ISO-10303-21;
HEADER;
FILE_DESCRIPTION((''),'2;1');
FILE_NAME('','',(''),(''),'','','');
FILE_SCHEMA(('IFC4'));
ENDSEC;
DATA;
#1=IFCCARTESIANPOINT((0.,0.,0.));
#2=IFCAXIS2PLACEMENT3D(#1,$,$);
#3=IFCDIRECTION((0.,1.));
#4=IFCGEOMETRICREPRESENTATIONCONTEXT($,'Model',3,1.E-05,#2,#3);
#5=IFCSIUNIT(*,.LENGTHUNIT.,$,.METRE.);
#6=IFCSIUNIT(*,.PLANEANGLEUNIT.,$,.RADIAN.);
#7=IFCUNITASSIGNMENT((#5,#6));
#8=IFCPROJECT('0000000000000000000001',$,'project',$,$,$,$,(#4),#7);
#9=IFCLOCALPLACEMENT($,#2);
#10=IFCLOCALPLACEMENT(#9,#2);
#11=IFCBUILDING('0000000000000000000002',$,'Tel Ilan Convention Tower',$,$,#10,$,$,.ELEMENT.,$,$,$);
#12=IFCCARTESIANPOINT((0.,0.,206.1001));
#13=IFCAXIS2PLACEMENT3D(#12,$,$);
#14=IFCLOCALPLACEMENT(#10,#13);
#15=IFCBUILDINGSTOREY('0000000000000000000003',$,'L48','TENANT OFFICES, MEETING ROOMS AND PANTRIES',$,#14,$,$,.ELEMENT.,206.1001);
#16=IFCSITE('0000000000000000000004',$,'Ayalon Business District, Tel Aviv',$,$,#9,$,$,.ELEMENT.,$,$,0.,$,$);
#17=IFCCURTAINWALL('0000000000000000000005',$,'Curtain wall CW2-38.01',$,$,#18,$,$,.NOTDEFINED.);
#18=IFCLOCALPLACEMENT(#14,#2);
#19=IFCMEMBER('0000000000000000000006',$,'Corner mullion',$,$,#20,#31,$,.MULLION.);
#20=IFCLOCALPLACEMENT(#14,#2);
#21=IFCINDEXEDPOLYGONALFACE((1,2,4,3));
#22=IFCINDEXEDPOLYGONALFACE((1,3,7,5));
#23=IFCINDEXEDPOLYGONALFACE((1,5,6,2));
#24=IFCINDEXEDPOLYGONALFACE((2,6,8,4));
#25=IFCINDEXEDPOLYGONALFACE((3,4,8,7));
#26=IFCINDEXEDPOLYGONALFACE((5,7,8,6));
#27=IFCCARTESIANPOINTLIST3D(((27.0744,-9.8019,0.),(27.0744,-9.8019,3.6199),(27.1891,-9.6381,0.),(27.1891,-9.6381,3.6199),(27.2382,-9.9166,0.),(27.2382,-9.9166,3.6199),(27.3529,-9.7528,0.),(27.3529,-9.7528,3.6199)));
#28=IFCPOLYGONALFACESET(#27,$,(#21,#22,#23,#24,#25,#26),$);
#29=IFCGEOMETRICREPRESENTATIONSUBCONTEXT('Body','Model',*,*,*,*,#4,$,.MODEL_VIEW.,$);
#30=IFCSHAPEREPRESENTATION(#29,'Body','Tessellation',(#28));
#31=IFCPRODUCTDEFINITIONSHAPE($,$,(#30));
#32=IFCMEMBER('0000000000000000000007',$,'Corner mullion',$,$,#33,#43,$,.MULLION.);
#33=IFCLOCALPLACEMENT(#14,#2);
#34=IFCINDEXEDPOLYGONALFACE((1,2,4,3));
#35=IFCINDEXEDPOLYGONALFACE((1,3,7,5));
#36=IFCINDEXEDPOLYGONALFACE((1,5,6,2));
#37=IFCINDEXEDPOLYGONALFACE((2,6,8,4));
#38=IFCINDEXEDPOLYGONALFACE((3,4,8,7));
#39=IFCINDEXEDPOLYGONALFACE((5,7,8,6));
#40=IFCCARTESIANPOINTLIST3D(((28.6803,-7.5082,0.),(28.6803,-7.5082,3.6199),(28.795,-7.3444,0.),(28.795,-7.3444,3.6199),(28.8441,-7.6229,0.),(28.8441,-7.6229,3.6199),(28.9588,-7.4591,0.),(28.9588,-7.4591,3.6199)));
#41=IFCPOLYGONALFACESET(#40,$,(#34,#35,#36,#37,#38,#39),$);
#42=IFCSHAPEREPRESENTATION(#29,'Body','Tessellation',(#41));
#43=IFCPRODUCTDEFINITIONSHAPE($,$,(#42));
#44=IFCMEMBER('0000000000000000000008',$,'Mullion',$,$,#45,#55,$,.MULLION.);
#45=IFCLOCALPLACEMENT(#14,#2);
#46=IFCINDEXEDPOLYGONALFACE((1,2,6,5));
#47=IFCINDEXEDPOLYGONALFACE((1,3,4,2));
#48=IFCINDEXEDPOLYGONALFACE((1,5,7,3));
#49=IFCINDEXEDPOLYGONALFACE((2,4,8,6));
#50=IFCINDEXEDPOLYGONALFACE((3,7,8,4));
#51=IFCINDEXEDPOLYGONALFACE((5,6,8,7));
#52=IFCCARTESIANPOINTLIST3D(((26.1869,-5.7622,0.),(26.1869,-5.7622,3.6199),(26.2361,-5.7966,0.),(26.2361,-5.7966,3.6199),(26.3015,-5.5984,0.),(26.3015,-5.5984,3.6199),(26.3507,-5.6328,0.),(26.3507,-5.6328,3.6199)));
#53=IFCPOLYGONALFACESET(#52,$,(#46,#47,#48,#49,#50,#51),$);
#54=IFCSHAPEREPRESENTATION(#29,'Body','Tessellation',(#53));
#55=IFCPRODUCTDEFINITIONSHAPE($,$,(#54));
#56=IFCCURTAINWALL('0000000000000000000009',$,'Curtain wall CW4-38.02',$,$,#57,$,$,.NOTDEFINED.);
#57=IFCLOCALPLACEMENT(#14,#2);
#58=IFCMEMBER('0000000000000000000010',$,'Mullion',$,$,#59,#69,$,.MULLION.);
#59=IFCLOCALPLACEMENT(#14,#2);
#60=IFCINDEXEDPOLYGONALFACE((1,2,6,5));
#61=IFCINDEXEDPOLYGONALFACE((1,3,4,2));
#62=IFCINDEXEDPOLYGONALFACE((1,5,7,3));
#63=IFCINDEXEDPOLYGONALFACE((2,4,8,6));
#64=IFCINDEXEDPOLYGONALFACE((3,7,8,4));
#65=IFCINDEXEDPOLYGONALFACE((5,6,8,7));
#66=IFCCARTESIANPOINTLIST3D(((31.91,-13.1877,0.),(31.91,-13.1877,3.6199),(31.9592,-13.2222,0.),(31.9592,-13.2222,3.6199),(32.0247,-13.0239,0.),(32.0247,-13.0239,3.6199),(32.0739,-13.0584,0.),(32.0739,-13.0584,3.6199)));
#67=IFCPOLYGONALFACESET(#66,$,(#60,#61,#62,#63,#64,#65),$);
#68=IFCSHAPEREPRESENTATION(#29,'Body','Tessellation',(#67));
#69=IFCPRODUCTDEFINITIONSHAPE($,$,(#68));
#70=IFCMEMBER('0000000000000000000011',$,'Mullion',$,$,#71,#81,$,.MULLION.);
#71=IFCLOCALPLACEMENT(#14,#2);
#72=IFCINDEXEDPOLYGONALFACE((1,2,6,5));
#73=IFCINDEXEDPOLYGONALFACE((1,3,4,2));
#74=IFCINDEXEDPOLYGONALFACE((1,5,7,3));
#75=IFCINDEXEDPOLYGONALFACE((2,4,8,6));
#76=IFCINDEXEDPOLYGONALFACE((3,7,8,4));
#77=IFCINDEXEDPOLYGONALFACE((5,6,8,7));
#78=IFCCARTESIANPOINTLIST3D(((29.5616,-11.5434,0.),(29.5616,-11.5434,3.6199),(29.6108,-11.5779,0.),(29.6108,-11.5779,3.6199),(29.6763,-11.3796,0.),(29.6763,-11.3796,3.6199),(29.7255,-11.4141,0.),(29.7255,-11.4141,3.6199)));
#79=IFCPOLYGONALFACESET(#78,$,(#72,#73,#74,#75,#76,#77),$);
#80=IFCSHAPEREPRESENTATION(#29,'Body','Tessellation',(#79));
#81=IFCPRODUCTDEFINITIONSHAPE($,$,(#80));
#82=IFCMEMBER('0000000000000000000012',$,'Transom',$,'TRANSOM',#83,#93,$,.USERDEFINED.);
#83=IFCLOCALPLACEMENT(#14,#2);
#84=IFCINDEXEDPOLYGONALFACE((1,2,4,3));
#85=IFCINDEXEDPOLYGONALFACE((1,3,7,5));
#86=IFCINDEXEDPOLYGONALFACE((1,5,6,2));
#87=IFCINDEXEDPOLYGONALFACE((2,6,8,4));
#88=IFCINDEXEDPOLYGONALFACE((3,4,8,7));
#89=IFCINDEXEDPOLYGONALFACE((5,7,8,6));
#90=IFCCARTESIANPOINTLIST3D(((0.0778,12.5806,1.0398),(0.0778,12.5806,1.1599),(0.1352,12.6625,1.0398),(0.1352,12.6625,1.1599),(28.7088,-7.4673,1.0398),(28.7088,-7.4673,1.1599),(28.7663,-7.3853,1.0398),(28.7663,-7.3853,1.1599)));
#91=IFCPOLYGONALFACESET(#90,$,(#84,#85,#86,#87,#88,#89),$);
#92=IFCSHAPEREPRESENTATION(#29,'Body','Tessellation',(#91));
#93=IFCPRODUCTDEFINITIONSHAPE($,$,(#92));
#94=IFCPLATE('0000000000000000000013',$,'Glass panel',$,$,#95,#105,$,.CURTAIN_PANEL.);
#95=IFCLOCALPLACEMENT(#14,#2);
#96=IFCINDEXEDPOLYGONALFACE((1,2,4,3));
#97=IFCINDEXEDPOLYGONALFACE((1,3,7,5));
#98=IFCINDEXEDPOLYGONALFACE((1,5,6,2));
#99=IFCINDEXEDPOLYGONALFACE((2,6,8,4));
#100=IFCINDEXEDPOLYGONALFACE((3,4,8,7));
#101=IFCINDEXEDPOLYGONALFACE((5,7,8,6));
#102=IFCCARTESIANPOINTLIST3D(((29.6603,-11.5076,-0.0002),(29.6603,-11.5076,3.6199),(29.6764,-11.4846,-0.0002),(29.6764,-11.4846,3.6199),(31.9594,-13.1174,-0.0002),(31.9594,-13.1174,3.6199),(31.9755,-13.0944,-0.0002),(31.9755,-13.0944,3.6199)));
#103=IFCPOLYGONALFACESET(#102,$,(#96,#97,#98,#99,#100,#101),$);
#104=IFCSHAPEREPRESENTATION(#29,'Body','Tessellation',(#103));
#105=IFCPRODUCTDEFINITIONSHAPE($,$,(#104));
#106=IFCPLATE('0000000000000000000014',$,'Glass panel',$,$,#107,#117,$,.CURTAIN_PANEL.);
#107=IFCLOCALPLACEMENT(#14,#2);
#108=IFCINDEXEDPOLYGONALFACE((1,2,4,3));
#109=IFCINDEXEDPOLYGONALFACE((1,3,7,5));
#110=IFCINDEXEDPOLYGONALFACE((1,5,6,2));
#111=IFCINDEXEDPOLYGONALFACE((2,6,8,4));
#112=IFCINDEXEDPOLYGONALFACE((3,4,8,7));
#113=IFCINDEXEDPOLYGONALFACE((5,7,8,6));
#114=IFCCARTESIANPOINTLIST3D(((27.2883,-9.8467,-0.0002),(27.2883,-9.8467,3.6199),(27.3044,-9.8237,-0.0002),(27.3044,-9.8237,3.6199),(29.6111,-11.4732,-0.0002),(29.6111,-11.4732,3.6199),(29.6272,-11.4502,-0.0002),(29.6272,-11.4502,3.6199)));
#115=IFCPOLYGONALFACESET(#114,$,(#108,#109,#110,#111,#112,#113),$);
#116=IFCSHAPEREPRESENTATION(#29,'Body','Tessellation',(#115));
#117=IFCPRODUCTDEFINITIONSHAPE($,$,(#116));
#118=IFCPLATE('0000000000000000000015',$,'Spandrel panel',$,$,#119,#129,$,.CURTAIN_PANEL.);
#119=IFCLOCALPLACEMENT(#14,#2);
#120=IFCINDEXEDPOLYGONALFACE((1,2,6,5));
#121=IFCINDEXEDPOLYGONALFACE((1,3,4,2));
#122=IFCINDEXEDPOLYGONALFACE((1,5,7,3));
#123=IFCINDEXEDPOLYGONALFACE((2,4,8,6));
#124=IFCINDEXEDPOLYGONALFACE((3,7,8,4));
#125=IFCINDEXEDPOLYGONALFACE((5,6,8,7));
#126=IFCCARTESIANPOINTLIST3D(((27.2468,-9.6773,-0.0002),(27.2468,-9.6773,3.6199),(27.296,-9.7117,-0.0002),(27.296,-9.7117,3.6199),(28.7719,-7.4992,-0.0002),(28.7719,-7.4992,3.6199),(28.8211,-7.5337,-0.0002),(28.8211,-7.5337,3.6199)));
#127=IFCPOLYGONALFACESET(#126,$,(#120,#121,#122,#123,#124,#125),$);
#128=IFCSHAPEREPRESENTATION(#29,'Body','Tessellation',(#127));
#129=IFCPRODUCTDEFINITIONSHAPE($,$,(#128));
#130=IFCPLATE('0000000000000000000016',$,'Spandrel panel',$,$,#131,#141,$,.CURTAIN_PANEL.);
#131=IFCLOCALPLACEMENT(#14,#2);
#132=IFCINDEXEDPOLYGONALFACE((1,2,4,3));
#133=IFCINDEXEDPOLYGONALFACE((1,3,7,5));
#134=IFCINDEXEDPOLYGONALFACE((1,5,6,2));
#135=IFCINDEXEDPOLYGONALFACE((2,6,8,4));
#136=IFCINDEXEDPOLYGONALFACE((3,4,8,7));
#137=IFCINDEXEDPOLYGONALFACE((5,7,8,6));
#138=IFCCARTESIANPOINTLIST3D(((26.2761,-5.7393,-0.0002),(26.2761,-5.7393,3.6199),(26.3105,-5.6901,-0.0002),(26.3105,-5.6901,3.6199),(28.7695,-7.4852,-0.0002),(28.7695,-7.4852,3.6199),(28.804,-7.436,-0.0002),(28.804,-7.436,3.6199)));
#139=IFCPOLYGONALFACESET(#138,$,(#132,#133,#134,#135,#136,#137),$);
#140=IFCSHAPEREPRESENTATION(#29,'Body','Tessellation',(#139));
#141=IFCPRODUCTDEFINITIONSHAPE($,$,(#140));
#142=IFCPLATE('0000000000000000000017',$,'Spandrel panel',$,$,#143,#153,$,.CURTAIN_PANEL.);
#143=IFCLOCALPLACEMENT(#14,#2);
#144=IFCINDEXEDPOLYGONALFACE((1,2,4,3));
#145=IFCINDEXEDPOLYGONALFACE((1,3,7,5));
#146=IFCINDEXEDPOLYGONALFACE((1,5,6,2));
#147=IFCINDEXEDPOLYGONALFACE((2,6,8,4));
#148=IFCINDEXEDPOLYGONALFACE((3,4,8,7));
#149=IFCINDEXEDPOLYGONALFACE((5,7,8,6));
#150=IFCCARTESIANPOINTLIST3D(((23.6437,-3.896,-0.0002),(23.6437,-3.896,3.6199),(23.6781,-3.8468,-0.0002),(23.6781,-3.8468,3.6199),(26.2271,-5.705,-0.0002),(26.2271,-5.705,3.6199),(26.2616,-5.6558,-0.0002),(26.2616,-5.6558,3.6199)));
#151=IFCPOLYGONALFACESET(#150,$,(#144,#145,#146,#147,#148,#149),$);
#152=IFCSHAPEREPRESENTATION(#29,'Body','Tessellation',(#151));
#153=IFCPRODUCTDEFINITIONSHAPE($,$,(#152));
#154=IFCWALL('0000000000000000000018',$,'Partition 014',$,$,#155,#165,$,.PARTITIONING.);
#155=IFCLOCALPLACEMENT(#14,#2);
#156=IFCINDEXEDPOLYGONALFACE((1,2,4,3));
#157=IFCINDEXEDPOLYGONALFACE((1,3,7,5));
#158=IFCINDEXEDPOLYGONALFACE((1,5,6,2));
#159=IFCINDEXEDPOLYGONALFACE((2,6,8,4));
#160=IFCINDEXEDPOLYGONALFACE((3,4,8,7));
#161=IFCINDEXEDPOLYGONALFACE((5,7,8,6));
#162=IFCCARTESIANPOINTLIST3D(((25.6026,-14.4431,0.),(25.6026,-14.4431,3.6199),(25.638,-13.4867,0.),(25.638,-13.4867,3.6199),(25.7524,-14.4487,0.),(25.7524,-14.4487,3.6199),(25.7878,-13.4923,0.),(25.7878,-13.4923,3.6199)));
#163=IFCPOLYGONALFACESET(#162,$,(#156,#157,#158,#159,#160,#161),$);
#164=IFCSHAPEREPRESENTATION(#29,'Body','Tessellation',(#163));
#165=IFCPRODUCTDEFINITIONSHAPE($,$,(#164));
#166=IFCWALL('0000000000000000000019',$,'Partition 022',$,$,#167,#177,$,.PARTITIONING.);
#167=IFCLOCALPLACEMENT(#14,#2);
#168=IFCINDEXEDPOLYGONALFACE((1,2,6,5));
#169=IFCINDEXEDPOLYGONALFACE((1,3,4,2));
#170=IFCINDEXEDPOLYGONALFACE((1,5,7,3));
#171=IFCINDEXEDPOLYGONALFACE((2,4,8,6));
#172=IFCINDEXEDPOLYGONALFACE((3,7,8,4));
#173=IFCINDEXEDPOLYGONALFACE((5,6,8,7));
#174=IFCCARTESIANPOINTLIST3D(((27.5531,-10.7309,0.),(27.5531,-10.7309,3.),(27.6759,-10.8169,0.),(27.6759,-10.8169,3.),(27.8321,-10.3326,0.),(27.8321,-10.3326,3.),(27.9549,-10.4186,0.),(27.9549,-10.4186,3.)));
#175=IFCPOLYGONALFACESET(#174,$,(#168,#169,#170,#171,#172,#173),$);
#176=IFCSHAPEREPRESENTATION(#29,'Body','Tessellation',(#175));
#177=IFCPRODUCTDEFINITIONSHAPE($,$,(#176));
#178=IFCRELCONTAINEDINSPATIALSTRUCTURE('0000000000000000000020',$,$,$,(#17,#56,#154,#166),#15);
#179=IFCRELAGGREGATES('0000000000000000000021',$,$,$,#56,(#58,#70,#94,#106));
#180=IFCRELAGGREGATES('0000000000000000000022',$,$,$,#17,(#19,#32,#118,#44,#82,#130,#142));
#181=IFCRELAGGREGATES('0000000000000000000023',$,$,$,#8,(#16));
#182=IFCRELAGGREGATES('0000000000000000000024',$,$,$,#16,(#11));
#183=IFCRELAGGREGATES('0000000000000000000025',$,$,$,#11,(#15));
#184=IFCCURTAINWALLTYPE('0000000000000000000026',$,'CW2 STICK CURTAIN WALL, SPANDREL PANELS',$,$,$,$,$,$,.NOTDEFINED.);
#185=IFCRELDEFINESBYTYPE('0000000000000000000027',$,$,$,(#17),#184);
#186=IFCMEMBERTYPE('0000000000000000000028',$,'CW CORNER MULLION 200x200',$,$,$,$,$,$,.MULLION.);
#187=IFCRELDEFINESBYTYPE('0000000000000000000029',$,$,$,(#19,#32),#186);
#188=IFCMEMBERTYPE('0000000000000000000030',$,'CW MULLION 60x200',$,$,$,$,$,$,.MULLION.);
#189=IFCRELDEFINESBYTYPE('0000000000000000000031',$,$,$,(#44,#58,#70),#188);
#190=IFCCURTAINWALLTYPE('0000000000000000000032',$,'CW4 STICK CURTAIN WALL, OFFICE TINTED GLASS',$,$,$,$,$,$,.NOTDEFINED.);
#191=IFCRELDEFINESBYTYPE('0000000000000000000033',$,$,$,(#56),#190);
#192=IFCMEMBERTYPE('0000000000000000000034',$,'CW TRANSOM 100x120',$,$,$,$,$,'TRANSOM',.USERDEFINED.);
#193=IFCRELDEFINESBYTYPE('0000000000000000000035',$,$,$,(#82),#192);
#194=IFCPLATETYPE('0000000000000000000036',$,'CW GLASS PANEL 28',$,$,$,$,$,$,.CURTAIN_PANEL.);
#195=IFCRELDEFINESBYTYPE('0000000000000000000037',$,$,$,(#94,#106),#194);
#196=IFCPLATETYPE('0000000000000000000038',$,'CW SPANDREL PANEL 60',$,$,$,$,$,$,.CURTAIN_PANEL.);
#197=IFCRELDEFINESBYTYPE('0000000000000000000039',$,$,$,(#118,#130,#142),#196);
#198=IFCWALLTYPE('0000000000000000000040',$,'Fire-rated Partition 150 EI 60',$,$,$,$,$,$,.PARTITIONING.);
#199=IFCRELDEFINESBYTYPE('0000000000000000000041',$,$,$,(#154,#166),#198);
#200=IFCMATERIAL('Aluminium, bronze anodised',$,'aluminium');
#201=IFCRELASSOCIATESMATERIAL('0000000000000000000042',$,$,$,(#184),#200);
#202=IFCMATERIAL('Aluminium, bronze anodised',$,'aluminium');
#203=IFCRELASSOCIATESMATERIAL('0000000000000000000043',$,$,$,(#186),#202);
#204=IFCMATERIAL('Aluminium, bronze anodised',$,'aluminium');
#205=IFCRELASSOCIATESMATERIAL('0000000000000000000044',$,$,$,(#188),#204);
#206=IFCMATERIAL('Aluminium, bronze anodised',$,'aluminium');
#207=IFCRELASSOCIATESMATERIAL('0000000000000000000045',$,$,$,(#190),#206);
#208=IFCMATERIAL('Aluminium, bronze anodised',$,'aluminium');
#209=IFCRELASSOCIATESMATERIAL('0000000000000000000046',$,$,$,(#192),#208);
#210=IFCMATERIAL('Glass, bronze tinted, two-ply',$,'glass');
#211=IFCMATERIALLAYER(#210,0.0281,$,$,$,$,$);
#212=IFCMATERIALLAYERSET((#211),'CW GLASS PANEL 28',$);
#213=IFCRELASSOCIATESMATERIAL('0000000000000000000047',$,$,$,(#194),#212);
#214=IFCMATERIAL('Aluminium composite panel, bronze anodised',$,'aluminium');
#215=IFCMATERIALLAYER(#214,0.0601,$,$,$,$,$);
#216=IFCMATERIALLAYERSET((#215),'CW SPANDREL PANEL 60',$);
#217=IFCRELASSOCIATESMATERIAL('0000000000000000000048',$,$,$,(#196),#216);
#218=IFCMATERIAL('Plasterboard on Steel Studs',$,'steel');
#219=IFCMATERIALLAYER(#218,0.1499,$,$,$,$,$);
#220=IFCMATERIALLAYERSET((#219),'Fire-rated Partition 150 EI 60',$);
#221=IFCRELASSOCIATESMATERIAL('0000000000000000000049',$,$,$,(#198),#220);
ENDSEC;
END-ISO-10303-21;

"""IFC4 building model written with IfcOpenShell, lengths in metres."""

from ifc_helpers import new_model, si_unit, direction, frame, frame_2d, origin, origin_2d, place, context, subcontext, project, spatial, rectangle, extrude, material, layer, layer_set, material_profile, profile_set, type_object, element, aggregate, save


model = new_model("IFC4")

# Units and contexts
model_context = context("Model", 3, precision=1e-05, world=origin(), true_north=direction((0.0, 1.0)))
body_context = subcontext(model_context, "Body", "Model", "MODEL_VIEW")
ifc_project = project(units=[si_unit("LENGTHUNIT", "METRE"), si_unit("PLANEANGLEUNIT", "RADIAN")], contexts=[model_context])

# Site, building, storey
site_placement = place(None, origin())
site = spatial("IfcSite", under=ifc_project, at=site_placement, Name="Ayalon Business District, Tel Aviv", CompositionType="ELEMENT", RefElevation=0.0)
building_placement = place(site_placement, origin())
building = spatial("IfcBuilding", under=site, at=building_placement, Name="Tel Ilan Convention Tower", CompositionType="ELEMENT")
storey_placement = place(building_placement, frame((0.0, 0.0, 206.1001)))
storey = spatial("IfcBuildingStorey", under=building, at=storey_placement, Name="L48", Description="TENANT OFFICES, MEETING ROOMS AND PANTRIES", CompositionType="ELEMENT", Elevation=206.1001)

# Curtain walls, members
ifc_material_1 = material(Name="Aluminium, bronze anodised", Category="aluminium")
curtain_wall_type_1 = type_object("IfcCurtainWallType", Name="CW2 STICK CURTAIN WALL, SPANDREL PANELS", PredefinedType="NOTDEFINED", material=ifc_material_1)
curtain_wall_1_placement = place(storey_placement, origin())
curtain_wall_1 = element("IfcCurtainWall", 1, at=curtain_wall_1_placement, inside=storey, type_object=curtain_wall_type_1, Name="Curtain wall CW2-38.01", PredefinedType="NOTDEFINED")
ifc_material_2 = material(Name="Aluminium, bronze anodised", Category="aluminium")
ifc_material_profile_1 = material_profile(ifc_material_2, rectangle(XDim=0.2, YDim=0.2, at=origin_2d()), Name="CW CORNER MULLION 200x200")
ifc_profile_set_1 = profile_set([ifc_material_profile_1], Name="Aluminium, bronze anodised")
member_type_1 = type_object("IfcMemberType", Name="CW CORNER MULLION 200x200", PredefinedType="MULLION", material=ifc_profile_set_1)
member_1_placement = place(storey_placement, frame((27.2136, -9.7773, 0.0), z_axis=(0.0, 0.0, 1.0), x_axis=(-0.819152, 0.573576, 0.0)))
member_1 = element("IfcMember", 2, at=member_1_placement, type_object=member_type_1, Name="Corner mullion", PredefinedType="MULLION", context=body_context, shape_type="SweptSolid", body=[
    extrude(rectangle(XDim=0.2, YDim=0.2, at=origin_2d()), origin(), (0.0, 0.0, 1.0), 3.6199),
])
member_2_placement = place(storey_placement, frame((28.8196, -7.4836, 0.0), z_axis=(0.0, 0.0, 1.0), x_axis=(0.573576, 0.819152, 0.0)))
member_2 = element("IfcMember", 3, at=member_2_placement, type_object=member_type_1, Name="Corner mullion", PredefinedType="MULLION", context=body_context, shape_type="SweptSolid", body=[
    extrude(rectangle(XDim=0.2, YDim=0.2, at=origin_2d()), origin(), (0.0, 0.0, 1.0), 3.6199),
])
ifc_material_3 = material(Name="Aluminium, bronze anodised", Category="aluminium")
ifc_material_profile_2 = material_profile(ifc_material_3, rectangle(XDim=0.0601, YDim=0.2, at=origin_2d()), Name="CW MULLION 60x200")
ifc_profile_set_2 = profile_set([ifc_material_profile_2], Name="Aluminium, bronze anodised")
member_type_2 = type_object("IfcMemberType", Name="CW MULLION 60x200", PredefinedType="MULLION", material=ifc_profile_set_2)
member_3_placement = place(storey_placement, frame((26.2688, -5.6975, 0.0), z_axis=(0.0, 0.0, 1.0), x_axis=(-0.819152, 0.573576, 0.0)))
member_3 = element("IfcMember", 4, at=member_3_placement, type_object=member_type_2, Name="Mullion", PredefinedType="MULLION", context=body_context, shape_type="SweptSolid", body=[
    extrude(rectangle(XDim=0.0601, YDim=0.2, at=origin_2d()), origin(), (0.0, 0.0, 1.0), 3.6199),
])
ifc_material_4 = material(Name="Aluminium, bronze anodised", Category="aluminium")
curtain_wall_type_2 = type_object("IfcCurtainWallType", Name="CW4 STICK CURTAIN WALL, OFFICE TINTED GLASS", PredefinedType="NOTDEFINED", material=ifc_material_4)
curtain_wall_2_placement = place(storey_placement, origin())
curtain_wall_2 = element("IfcCurtainWall", 5, at=curtain_wall_2_placement, inside=storey, type_object=curtain_wall_type_2, Name="Curtain wall CW4-38.02", PredefinedType="NOTDEFINED")
member_4_placement = place(storey_placement, frame((31.9919, -13.123, 0.0), z_axis=(0.0, 0.0, 1.0), x_axis=(-0.819152, 0.573576, 0.0)))
member_4 = element("IfcMember", 6, at=member_4_placement, type_object=member_type_2, Name="Mullion", PredefinedType="MULLION", context=body_context, shape_type="SweptSolid", body=[
    extrude(rectangle(XDim=0.0601, YDim=0.2, at=origin_2d()), origin(), (0.0, 0.0, 1.0), 3.6199),
])
member_5_placement = place(storey_placement, frame((29.6436, -11.4788, 0.0), z_axis=(0.0, 0.0, 1.0), x_axis=(-0.819152, 0.573576, 0.0)))
member_5 = element("IfcMember", 7, at=member_5_placement, type_object=member_type_2, Name="Mullion", PredefinedType="MULLION", context=body_context, shape_type="SweptSolid", body=[
    extrude(rectangle(XDim=0.0601, YDim=0.2, at=origin_2d()), origin(), (0.0, 0.0, 1.0), 3.6199),
])

# Member
ifc_material_5 = material(Name="Aluminium, bronze anodised", Category="aluminium")
ifc_material_profile_3 = material_profile(ifc_material_5, rectangle(XDim=0.1001, YDim=0.1201, at=origin_2d()), Name="CW TRANSOM 100x120")
ifc_profile_set_3 = profile_set([ifc_material_profile_3], Name="Aluminium, bronze anodised")
member_type_3 = type_object("IfcMemberType", Name="CW TRANSOM 100x120", ElementType="TRANSOM", PredefinedType="USERDEFINED", material=ifc_profile_set_3)
member_6_placement = place(storey_placement, frame((28.7375, -7.4263, 1.0999), z_axis=(-0.81915, 0.573579, 0.0), x_axis=(-0.573579, -0.81915, 0.0)))
member_6 = element("IfcMember", 8, at=member_6_placement, type_object=member_type_3, Name="Transom", ObjectType="TRANSOM", PredefinedType="USERDEFINED", context=body_context, shape_type="SweptSolid", body=[
    extrude(rectangle(XDim=0.1001, YDim=0.1201, at=origin_2d()), origin(), (0.0, 0.0, 1.0), 34.9521),
])

# Plates
ifc_material_6 = material(Name="Glass, bronze tinted, two-ply", Category="glass")
ifc_layer_1 = layer(ifc_material_6, 0.0281)
ifc_layer_set_1 = layer_set([ifc_layer_1], Name="CW GLASS PANEL 28")
plate_type_1 = type_object("IfcPlateType", Name="CW GLASS PANEL 28", PredefinedType="CURTAIN_PANEL", material=ifc_layer_set_1)
plate_1_placement = place(storey_placement, frame((30.8179, -12.301, -0.0002), z_axis=(0.0, 0.0, 1.0), x_axis=(-0.819152, 0.573576, 0.0)))
plate_1 = element("IfcPlate", 9, at=plate_1_placement, type_object=plate_type_1, Name="Glass panel", PredefinedType="CURTAIN_PANEL", context=body_context, shape_type="SweptSolid", body=[
    extrude(rectangle(XDim=2.8066, YDim=0.0281, at=origin_2d()), origin(), (0.0, 0.0, 1.0), 3.6201),
])
plate_2_placement = place(storey_placement, frame((28.4578, -10.6484, -0.0002), z_axis=(0.0, 0.0, 1.0), x_axis=(-0.819152, 0.573576, 0.0)))
plate_2 = element("IfcPlate", 10, at=plate_2_placement, type_object=plate_type_1, Name="Glass panel", PredefinedType="CURTAIN_PANEL", context=body_context, shape_type="SweptSolid", body=[
    extrude(rectangle(XDim=2.8357, YDim=0.0281, at=origin_2d()), origin(), (0.0, 0.0, 1.0), 3.6201),
])
aggregate(curtain_wall_2, [member_4, member_5, plate_1, plate_2])
ifc_material_7 = material(Name="Aluminium composite panel, bronze anodised", Category="aluminium")
ifc_layer_2 = layer(ifc_material_7, 0.0601)
ifc_layer_set_2 = layer_set([ifc_layer_2], Name="CW SPANDREL PANEL 60")
plate_type_2 = type_object("IfcPlateType", Name="CW SPANDREL PANEL 60", PredefinedType="CURTAIN_PANEL", material=ifc_layer_set_2)
plate_3_placement = place(storey_placement, frame((28.0339, -8.6055, -0.0002), z_axis=(0.0, 0.0, 1.0), x_axis=(0.573576, 0.819152, 0.0)))
plate_3 = element("IfcPlate", 11, at=plate_3_placement, type_object=plate_type_2, Name="Spandrel panel", PredefinedType="CURTAIN_PANEL", context=body_context, shape_type="SweptSolid", body=[
    extrude(rectangle(XDim=2.6589, YDim=0.0601, at=origin_2d()), origin(), (0.0, 0.0, 1.0), 3.6201),
])
plate_4_placement = place(storey_placement, frame((27.54, -6.5876, -0.0002), z_axis=(0.0, 0.0, 1.0), x_axis=(-0.819152, 0.573576, 0.0)))
plate_4 = element("IfcPlate", 12, at=plate_4_placement, type_object=plate_type_2, Name="Spandrel panel", PredefinedType="CURTAIN_PANEL", context=body_context, shape_type="SweptSolid", body=[
    extrude(rectangle(XDim=3.0439, YDim=0.0601, at=origin_2d()), origin(), (0.0, 0.0, 1.0), 3.6201),
])
plate_5_placement = place(storey_placement, frame((24.9526, -4.7759, -0.0002), z_axis=(0.0, 0.0, 1.0), x_axis=(-0.819152, 0.573576, 0.0)))
plate_5 = element("IfcPlate", 13, at=plate_5_placement, type_object=plate_type_2, Name="Spandrel panel", PredefinedType="CURTAIN_PANEL", context=body_context, shape_type="SweptSolid", body=[
    extrude(rectangle(XDim=3.1538, YDim=0.0601, at=origin_2d()), origin(), (0.0, 0.0, 1.0), 3.6201),
])
aggregate(curtain_wall_1, [member_1, member_2, plate_3, member_3, member_6, plate_4, plate_5])

# Walls
ifc_material_8 = material(Name="Plasterboard on Steel Studs", Category="steel")
ifc_layer_3 = layer(ifc_material_8, 0.1499)
ifc_layer_set_3 = layer_set([ifc_layer_3], Name="Fire-rated Partition 150 EI 60")
wall_type_1 = type_object("IfcWallType", Name="Fire-rated Partition 150 EI 60", PredefinedType="PARTITIONING", material=ifc_layer_set_3)
wall_1_placement = place(storey_placement, frame((25.7129, -13.4895, 0.0), z_axis=(0.0, 0.0, 1.0), x_axis=(-0.036993, -0.999316, 0.0)))
element("IfcWall", 14, at=wall_1_placement, inside=storey, type_object=wall_type_1, Name="Partition 014", PredefinedType="PARTITIONING", context=body_context, shape_type="SweptSolid", body=[
    extrude(rectangle(XDim=0.957, YDim=0.1499, at=frame_2d((0.4785, 0.0))), origin(), (0.0, 0.0, 1.0), 3.6199),
])
wall_2_placement = place(storey_placement, frame((27.6145, -10.7739, 0.0), z_axis=(0.0, 0.0, 1.0), x_axis=(0.573664, 0.81909, 0.0)))
element("IfcWall", 15, at=wall_2_placement, inside=storey, type_object=wall_type_1, Name="Partition 022", PredefinedType="PARTITIONING", context=body_context, shape_type="SweptSolid", body=[
    extrude(rectangle(XDim=0.4863, YDim=0.1499, at=frame_2d((0.2432, 0.0))), origin(), (0.0, 0.0, 1.0), 3.0),
])

save(model, "model.ifc")
